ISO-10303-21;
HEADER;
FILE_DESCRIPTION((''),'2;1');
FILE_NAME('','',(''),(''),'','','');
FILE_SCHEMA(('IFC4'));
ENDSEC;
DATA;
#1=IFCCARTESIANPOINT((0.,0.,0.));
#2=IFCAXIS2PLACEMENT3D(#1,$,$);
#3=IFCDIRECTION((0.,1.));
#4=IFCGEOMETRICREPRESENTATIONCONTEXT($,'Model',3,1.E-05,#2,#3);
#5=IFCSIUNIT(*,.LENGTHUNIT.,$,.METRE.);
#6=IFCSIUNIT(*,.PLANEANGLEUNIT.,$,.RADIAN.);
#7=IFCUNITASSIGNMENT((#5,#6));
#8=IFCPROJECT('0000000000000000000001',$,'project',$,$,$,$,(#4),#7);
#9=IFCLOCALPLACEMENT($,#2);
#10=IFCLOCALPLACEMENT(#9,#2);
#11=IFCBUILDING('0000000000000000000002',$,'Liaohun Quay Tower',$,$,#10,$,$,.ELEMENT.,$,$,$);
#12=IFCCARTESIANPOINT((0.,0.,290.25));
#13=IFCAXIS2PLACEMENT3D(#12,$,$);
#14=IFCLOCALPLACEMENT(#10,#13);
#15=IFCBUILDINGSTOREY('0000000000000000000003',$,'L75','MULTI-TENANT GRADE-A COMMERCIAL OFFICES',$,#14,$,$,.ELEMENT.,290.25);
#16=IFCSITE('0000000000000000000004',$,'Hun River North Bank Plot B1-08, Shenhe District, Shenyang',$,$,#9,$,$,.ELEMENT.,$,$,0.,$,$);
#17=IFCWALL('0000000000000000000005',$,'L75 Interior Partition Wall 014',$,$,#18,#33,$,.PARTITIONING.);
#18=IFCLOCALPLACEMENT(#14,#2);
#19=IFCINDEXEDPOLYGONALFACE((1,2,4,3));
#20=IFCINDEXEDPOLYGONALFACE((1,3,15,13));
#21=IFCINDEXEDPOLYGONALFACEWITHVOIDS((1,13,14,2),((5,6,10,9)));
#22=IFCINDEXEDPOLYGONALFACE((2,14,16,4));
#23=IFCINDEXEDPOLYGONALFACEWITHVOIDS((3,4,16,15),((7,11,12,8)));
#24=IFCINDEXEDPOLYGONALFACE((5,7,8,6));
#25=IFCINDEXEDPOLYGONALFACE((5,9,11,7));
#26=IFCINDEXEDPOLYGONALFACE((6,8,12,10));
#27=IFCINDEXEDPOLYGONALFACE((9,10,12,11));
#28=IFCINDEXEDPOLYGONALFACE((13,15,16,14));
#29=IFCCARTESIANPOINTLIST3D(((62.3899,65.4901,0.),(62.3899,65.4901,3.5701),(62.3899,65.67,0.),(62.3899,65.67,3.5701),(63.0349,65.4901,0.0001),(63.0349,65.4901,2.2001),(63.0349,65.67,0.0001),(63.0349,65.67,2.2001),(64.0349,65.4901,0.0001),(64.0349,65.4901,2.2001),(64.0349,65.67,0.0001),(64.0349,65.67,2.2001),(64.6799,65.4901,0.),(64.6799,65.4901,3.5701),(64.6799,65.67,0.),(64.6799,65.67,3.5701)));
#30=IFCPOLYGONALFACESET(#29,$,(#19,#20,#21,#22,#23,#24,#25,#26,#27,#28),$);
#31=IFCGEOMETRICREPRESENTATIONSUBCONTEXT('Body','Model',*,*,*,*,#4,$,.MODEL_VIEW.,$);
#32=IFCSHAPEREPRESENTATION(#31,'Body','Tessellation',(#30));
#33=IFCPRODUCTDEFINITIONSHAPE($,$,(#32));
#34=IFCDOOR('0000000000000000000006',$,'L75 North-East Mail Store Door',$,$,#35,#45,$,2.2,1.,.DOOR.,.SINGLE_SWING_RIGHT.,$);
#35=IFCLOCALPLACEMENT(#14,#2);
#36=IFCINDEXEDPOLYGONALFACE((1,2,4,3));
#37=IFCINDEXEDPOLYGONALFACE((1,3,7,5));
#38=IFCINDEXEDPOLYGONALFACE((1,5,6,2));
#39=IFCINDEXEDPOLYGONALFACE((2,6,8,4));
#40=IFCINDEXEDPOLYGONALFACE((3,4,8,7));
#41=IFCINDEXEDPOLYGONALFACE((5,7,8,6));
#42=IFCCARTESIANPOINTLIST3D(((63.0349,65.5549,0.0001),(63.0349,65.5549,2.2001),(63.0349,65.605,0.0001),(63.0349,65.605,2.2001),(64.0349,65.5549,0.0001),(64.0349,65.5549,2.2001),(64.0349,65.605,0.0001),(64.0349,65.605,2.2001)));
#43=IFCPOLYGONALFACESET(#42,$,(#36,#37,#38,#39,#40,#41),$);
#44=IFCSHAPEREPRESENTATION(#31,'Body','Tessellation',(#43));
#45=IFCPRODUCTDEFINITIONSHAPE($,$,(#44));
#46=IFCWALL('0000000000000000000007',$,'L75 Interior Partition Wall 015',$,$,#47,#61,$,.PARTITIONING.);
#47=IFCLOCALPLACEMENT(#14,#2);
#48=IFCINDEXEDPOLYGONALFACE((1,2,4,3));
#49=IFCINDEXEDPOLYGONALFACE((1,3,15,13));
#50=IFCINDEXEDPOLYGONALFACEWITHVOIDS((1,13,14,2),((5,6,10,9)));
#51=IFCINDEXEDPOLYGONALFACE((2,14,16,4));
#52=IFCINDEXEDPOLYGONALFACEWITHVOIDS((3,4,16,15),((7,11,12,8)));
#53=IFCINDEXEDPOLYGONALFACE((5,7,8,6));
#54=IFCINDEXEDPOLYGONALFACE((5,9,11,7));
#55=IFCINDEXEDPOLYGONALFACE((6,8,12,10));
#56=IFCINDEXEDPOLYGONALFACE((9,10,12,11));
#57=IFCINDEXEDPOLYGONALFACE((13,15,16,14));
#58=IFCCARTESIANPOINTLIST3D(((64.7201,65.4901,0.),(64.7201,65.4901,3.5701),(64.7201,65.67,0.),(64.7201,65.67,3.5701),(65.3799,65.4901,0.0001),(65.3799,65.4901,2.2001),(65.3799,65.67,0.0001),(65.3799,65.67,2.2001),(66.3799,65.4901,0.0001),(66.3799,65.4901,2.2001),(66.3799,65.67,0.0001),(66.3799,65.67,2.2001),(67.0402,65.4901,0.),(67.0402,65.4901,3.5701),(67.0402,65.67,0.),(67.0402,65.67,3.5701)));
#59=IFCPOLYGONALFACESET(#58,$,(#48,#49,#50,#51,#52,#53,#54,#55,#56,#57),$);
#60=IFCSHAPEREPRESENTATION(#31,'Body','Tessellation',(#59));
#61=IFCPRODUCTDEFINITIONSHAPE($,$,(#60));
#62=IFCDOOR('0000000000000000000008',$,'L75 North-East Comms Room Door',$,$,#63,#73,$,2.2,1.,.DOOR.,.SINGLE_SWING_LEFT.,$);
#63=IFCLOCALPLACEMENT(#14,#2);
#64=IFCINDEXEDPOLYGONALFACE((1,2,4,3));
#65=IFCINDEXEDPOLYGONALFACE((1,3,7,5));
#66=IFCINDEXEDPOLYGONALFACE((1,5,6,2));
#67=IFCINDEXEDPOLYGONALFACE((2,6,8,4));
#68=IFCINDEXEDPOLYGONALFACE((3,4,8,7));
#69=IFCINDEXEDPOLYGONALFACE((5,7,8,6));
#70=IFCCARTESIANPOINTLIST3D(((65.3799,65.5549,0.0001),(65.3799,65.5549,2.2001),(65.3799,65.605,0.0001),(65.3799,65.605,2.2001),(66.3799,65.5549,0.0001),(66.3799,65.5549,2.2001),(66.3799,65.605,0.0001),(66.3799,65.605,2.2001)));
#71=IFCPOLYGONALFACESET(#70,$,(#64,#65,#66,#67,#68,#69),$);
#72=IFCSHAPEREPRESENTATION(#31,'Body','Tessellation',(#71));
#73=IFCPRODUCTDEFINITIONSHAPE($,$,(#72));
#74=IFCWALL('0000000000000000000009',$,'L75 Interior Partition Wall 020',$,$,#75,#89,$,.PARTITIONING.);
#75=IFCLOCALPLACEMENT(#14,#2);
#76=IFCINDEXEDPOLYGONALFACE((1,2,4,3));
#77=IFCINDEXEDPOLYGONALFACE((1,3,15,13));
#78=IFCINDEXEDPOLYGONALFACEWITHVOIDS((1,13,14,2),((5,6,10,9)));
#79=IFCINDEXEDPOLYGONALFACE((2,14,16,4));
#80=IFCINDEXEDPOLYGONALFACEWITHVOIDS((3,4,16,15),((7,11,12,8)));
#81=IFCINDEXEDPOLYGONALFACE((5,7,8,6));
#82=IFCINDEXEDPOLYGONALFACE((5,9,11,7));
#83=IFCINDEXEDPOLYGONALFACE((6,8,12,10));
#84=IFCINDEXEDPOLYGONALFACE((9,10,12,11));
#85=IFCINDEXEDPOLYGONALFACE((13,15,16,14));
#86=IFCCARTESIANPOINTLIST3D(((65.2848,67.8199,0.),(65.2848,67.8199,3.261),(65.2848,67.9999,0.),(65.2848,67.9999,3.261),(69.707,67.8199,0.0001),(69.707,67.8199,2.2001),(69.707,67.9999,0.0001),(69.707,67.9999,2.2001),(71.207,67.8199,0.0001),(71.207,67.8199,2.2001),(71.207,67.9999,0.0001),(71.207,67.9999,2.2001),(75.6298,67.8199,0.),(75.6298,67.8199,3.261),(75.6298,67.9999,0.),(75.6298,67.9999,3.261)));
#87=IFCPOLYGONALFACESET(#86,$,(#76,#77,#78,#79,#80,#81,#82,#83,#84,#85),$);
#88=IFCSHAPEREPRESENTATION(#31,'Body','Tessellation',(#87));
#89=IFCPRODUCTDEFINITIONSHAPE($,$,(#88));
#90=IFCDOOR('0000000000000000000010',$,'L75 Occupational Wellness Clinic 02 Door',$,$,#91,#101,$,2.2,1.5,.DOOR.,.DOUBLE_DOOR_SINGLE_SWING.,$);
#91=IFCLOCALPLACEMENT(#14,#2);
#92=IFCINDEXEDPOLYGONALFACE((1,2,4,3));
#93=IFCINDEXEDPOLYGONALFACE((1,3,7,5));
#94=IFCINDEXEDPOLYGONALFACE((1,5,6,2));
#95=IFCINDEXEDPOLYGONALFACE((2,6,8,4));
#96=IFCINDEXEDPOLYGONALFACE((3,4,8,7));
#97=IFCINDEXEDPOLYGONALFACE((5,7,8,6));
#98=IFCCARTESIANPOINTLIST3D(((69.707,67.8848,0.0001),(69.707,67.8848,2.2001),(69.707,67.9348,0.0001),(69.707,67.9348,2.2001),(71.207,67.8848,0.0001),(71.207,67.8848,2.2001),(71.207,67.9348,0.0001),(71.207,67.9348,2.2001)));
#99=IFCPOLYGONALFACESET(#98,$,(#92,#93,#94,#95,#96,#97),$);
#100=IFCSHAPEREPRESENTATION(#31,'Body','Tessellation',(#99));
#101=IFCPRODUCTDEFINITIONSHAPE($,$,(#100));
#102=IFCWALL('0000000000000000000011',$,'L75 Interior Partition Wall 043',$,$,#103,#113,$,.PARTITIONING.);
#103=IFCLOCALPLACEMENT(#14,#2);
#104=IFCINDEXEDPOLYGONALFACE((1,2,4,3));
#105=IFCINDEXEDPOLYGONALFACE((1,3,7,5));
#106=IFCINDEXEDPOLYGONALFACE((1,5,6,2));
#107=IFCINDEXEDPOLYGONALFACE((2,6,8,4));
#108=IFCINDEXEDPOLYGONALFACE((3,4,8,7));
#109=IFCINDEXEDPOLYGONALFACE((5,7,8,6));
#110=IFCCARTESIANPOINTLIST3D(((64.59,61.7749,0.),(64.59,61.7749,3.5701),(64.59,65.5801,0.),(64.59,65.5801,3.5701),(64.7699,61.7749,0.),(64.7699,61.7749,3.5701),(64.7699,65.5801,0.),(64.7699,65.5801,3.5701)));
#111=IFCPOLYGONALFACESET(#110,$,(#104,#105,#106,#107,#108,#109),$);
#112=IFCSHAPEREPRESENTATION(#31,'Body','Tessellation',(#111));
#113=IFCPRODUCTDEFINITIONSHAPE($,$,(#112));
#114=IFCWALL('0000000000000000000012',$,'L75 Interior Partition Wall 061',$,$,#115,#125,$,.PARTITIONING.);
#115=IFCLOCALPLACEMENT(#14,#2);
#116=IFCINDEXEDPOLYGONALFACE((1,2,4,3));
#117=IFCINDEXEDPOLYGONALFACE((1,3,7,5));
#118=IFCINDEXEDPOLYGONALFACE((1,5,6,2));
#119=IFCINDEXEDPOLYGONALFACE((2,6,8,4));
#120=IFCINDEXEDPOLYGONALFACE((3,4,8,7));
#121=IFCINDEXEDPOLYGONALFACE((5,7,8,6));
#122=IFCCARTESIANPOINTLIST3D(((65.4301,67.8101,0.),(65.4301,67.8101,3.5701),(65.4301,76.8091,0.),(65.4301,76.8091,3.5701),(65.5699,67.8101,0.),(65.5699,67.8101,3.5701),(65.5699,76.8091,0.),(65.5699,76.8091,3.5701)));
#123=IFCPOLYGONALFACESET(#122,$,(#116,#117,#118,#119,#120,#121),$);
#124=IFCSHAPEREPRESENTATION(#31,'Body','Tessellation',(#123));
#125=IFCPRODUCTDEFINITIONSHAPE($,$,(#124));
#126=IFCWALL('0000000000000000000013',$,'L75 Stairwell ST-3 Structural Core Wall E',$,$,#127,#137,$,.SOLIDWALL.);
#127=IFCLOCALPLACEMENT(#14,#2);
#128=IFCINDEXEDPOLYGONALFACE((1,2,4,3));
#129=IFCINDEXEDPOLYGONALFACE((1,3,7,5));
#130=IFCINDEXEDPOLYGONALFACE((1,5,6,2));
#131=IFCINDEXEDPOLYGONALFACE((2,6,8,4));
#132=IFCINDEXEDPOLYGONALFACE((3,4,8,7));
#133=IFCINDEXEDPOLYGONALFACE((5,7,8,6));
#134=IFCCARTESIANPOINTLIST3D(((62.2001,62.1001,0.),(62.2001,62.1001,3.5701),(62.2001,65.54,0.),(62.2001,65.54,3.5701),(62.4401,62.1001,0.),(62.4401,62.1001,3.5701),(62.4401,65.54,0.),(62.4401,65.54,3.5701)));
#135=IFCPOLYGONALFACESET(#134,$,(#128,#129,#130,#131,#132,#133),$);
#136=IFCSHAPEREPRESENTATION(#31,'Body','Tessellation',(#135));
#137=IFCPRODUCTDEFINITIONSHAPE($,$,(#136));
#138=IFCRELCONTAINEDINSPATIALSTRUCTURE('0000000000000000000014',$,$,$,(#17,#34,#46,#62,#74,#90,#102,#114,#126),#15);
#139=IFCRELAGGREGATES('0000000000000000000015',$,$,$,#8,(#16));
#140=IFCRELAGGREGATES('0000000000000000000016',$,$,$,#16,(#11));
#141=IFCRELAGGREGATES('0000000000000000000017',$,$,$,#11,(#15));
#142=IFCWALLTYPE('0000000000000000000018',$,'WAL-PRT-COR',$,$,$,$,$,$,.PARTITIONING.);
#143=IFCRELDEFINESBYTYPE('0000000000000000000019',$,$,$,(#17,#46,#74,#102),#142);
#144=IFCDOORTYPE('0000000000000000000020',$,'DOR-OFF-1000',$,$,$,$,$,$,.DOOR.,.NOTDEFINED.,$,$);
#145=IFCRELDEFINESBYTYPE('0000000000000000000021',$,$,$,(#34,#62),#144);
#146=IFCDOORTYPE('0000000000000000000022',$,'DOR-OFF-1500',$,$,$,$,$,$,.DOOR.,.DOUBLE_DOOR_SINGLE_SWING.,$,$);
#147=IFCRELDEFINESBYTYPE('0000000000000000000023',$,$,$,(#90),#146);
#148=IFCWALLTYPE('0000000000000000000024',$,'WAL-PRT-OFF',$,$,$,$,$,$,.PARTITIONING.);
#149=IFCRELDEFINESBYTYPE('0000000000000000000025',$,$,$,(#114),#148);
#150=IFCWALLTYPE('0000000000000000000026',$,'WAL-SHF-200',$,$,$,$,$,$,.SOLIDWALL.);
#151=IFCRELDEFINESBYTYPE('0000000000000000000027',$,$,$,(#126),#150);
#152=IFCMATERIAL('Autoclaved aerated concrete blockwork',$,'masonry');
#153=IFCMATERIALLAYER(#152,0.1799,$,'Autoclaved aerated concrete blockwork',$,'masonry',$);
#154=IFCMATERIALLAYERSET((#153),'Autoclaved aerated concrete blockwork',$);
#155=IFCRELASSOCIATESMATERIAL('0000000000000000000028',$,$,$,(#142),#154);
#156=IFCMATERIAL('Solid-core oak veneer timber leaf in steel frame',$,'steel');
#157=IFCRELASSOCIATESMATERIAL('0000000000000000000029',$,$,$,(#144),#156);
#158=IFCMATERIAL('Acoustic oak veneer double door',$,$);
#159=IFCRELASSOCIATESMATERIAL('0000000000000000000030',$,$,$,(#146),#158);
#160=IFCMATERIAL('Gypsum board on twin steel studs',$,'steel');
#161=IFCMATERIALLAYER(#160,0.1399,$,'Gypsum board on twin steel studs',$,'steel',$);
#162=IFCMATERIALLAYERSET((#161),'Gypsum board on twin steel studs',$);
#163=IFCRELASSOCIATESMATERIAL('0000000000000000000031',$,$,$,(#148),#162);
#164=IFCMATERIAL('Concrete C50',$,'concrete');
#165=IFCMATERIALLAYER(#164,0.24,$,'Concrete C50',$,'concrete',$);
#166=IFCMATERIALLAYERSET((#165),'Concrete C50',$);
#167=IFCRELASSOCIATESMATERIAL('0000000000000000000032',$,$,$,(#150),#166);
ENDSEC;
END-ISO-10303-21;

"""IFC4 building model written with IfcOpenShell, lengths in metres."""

from ifc_helpers import new_model, si_unit, direction, frame, frame_2d, origin, place, context, subcontext, project, spatial, rectangle, extrude, source, transform, mapped, material, layer, layer_set, type_object, element, fill, save


model = new_model("IFC4")

# Units and contexts
model_context = context("Model", 3, precision=1e-05, world=origin(), true_north=direction((0.0, 1.0)))
body_context = subcontext(model_context, "Body", "Model", "MODEL_VIEW")
ifc_project = project(units=[si_unit("LENGTHUNIT", "METRE"), si_unit("PLANEANGLEUNIT", "RADIAN")], contexts=[model_context])

# Site, building, storey
site_placement = place(None, origin())
site = spatial("IfcSite", under=ifc_project, at=site_placement, Name="Hun River North Bank Plot B1-08, Shenhe District, Shenyang", CompositionType="ELEMENT", RefElevation=0.0)
building_placement = place(site_placement, origin())
building = spatial("IfcBuilding", under=site, at=building_placement, Name="Liaohun Quay Tower", CompositionType="ELEMENT")
storey_placement = place(building_placement, frame((0.0, 0.0, 290.25)))
storey = spatial("IfcBuildingStorey", under=building, at=storey_placement, Name="L75", Description="MULTI-TENANT GRADE-A COMMERCIAL OFFICES", CompositionType="ELEMENT", Elevation=290.25)

# Shared definitions
ifc_material_1 = material(Name="Concrete C50", Category="concrete")

# Walls, openings, doors
ifc_material_2 = material(Name="Autoclaved aerated concrete blockwork", Category="masonry")
ifc_layer_1 = layer(ifc_material_2, 0.1799, Name="Autoclaved aerated concrete blockwork", Category="masonry")
ifc_layer_set_1 = layer_set([ifc_layer_1], Name="Autoclaved aerated concrete blockwork")
wall_type_1 = type_object("IfcWallType", Name="WAL-PRT-COR", PredefinedType="PARTITIONING", material=ifc_layer_set_1)
wall_1_placement = place(storey_placement, frame((62.3899, 65.5801, 0.0), z_axis=(0.0, 0.0, 1.0), x_axis=(1.0, 0.0, 0.0)))
wall_1 = element("IfcWall", 1, at=wall_1_placement, inside=storey, type_object=wall_type_1, Name="L75 Interior Partition Wall 014", PredefinedType="PARTITIONING", context=body_context, shape_type="SweptSolid", body=[
    extrude(rectangle(XDim=2.29, YDim=0.1799, at=frame_2d((1.145, 0.0))), origin(), (0.0, 0.0, 1.0), 3.5701),
])
shared_shape_1 = source(origin(), body_context, "Body", "SweptSolid", [
    extrude(rectangle(XDim=1.0, YDim=2.2, at=frame_2d((0.5, 1.1001))), frame((0.0, 0.0999, 0.0), z_axis=(0.0, -1.0, 0.0), x_axis=(1.0, 0.0, 0.0)), (0.0, 0.0, 1.0), 0.2),
])
opening_1_placement = place(wall_1_placement, frame((0.645, 0.0, 0.0)))
opening_1 = element("IfcOpeningElement", 2, at=opening_1_placement, cuts=wall_1, PredefinedType="OPENING", context=body_context, shape_type="MappedRepresentation", body=[
    mapped(shared_shape_1, transform((0.0, 0.0, 0.0), x_axis=(1.0, 0.0, 0.0), y_axis=(0.0, 1.0, 0.0), z_axis=(0.0, 0.0, 1.0), scale=1.0)),
])
ifc_material_3 = material(Name="Solid-core oak veneer timber leaf in steel frame", Category="steel")
door_type_1 = type_object("IfcDoorType", Name="DOR-OFF-1000", OperationType="NOTDEFINED", PredefinedType="DOOR", material=ifc_material_3)
shared_shape_2 = source(origin(), body_context, "Body", "SweptSolid", [
    extrude(rectangle(XDim=1.0, YDim=2.2, at=frame_2d((0.5, 1.1001))), frame((0.0, 0.0249, 0.0), z_axis=(0.0, -1.0, 0.0), x_axis=(1.0, 0.0, 0.0)), (0.0, 0.0, 1.0), 0.05),
])
door_1_placement = place(opening_1_placement, origin())
door_1 = element("IfcDoor", 3, at=door_1_placement, inside=storey, type_object=door_type_1, Name="L75 North-East Mail Store Door", OperationType="SINGLE_SWING_RIGHT", OverallHeight=2.2, OverallWidth=1.0, PredefinedType="DOOR", context=body_context, shape_type="MappedRepresentation", body=[
    mapped(shared_shape_2, transform((0.0, 0.0, 0.0), x_axis=(1.0, 0.0, 0.0), y_axis=(0.0, 1.0, 0.0), z_axis=(0.0, 0.0, 1.0), scale=1.0)),
])
fill(opening_1, door_1)
wall_2_placement = place(storey_placement, frame((64.72, 65.5801, 0.0), z_axis=(0.0, 0.0, 1.0), x_axis=(1.0, 0.0, 0.0)))
wall_2 = element("IfcWall", 4, at=wall_2_placement, inside=storey, type_object=wall_type_1, Name="L75 Interior Partition Wall 015", PredefinedType="PARTITIONING", context=body_context, shape_type="SweptSolid", body=[
    extrude(rectangle(XDim=2.3201, YDim=0.1799, at=frame_2d((1.1602, 0.0))), origin(), (0.0, 0.0, 1.0), 3.5701),
])
opening_2_placement = place(wall_2_placement, frame((0.6599, 0.0, 0.0)))
opening_2 = element("IfcOpeningElement", 5, at=opening_2_placement, cuts=wall_2, PredefinedType="OPENING", context=body_context, shape_type="MappedRepresentation", body=[
    mapped(shared_shape_1, transform((0.0, 0.0, 0.0), x_axis=(1.0, 0.0, 0.0), y_axis=(0.0, 1.0, 0.0), z_axis=(0.0, 0.0, 1.0), scale=1.0)),
])
door_2_placement = place(opening_2_placement, origin())
door_2 = element("IfcDoor", 6, at=door_2_placement, inside=storey, type_object=door_type_1, Name="L75 North-East Comms Room Door", OperationType="SINGLE_SWING_LEFT", OverallHeight=2.2, OverallWidth=1.0, PredefinedType="DOOR", context=body_context, shape_type="MappedRepresentation", body=[
    mapped(shared_shape_2, transform((0.0, 0.0, 0.0), x_axis=(1.0, 0.0, 0.0), y_axis=(0.0, 1.0, 0.0), z_axis=(0.0, 0.0, 1.0), scale=1.0)),
])
fill(opening_2, door_2)
wall_3_placement = place(storey_placement, frame((65.2849, 67.9099, 0.0), z_axis=(0.0, 0.0, 1.0), x_axis=(1.0, 0.0, 0.0)))
wall_3 = element("IfcWall", 7, at=wall_3_placement, inside=storey, type_object=wall_type_1, Name="L75 Interior Partition Wall 020", PredefinedType="PARTITIONING", context=body_context, shape_type="SweptSolid", body=[
    extrude(rectangle(XDim=10.345, YDim=0.1799, at=frame_2d((5.1724, 0.0))), origin(), (0.0, 0.0, 1.0), 3.261),
])
shared_shape_3 = source(origin(), body_context, "Body", "SweptSolid", [
    extrude(rectangle(XDim=1.5, YDim=2.2, at=frame_2d((0.75, 1.1001))), frame((0.0, 0.0999, 0.0), z_axis=(0.0, -1.0, 0.0), x_axis=(1.0, 0.0, 0.0)), (0.0, 0.0, 1.0), 0.2),
])
opening_3_placement = place(wall_3_placement, frame((4.4221, 0.0, 0.0)))
opening_3 = element("IfcOpeningElement", 8, at=opening_3_placement, cuts=wall_3, PredefinedType="OPENING", context=body_context, shape_type="MappedRepresentation", body=[
    mapped(shared_shape_3, transform((0.0, 0.0, 0.0), x_axis=(1.0, 0.0, 0.0), y_axis=(0.0, 1.0, 0.0), z_axis=(0.0, 0.0, 1.0), scale=1.0)),
])
ifc_material_4 = material(Name="Acoustic oak veneer double door")
door_type_2 = type_object("IfcDoorType", Name="DOR-OFF-1500", OperationType="DOUBLE_DOOR_SINGLE_SWING", PredefinedType="DOOR", material=ifc_material_4)
shared_shape_4 = source(origin(), body_context, "Body", "SweptSolid", [
    extrude(rectangle(XDim=1.5, YDim=2.2, at=frame_2d((0.75, 1.1001))), frame((0.0, 0.0249, 0.0), z_axis=(0.0, -1.0, 0.0), x_axis=(1.0, 0.0, 0.0)), (0.0, 0.0, 1.0), 0.05),
])
door_3_placement = place(opening_3_placement, origin())
door_3 = element("IfcDoor", 9, at=door_3_placement, inside=storey, type_object=door_type_2, Name="L75 Occupational Wellness Clinic 02 Door", OperationType="DOUBLE_DOOR_SINGLE_SWING", OverallHeight=2.2, OverallWidth=1.5, PredefinedType="DOOR", context=body_context, shape_type="MappedRepresentation", body=[
    mapped(shared_shape_4, transform((0.0, 0.0, 0.0), x_axis=(1.0, 0.0, 0.0), y_axis=(0.0, 1.0, 0.0), z_axis=(0.0, 0.0, 1.0), scale=1.0)),
])
fill(opening_3, door_3)

# Walls
wall_4_placement = place(storey_placement, frame((64.6799, 61.7749, 0.0), z_axis=(0.0, 0.0, 1.0), x_axis=(0.0, 1.0, 0.0)))
element("IfcWall", 10, at=wall_4_placement, inside=storey, type_object=wall_type_1, Name="L75 Interior Partition Wall 043", PredefinedType="PARTITIONING", context=body_context, shape_type="SweptSolid", body=[
    extrude(rectangle(XDim=3.8052, YDim=0.1799, at=frame_2d((1.9026, 0.0))), origin(), (0.0, 0.0, 1.0), 3.5701),
])
ifc_material_5 = material(Name="Gypsum board on twin steel studs", Category="steel")
ifc_layer_2 = layer(ifc_material_5, 0.1399, Name="Gypsum board on twin steel studs", Category="steel")
ifc_layer_set_2 = layer_set([ifc_layer_2], Name="Gypsum board on twin steel studs")
wall_type_2 = type_object("IfcWallType", Name="WAL-PRT-OFF", PredefinedType="PARTITIONING", material=ifc_layer_set_2)
wall_5_placement = place(storey_placement, frame((65.5, 67.8101, 0.0), z_axis=(0.0, 0.0, 1.0), x_axis=(0.0, 1.0, 0.0)))
element("IfcWall", 11, at=wall_5_placement, inside=storey, type_object=wall_type_2, Name="L75 Interior Partition Wall 061", PredefinedType="PARTITIONING", context=body_context, shape_type="SweptSolid", body=[
    extrude(rectangle(XDim=8.999, YDim=0.1399, at=frame_2d((4.4995, 0.0))), origin(), (0.0, 0.0, 1.0), 3.5701),
])
ifc_layer_3 = layer(ifc_material_1, 0.24, Name="Concrete C50", Category="concrete")
ifc_layer_set_3 = layer_set([ifc_layer_3], Name="Concrete C50")
wall_type_3 = type_object("IfcWallType", Name="WAL-SHF-200", PredefinedType="SOLIDWALL", material=ifc_layer_set_3)
wall_6_placement = place(storey_placement, frame((62.3201, 62.1001, 0.0), z_axis=(0.0, 0.0, 1.0), x_axis=(0.0, 1.0, 0.0)))
element("IfcWall", 12, at=wall_6_placement, inside=storey, type_object=wall_type_3, Name="L75 Stairwell ST-3 Structural Core Wall E", PredefinedType="SOLIDWALL", context=body_context, shape_type="SweptSolid", body=[
    extrude(rectangle(XDim=3.4399, YDim=0.24, at=frame_2d((1.72, 0.0))), origin(), (0.0, 0.0, 1.0), 3.5701),
])

save(model, "model.ifc")
